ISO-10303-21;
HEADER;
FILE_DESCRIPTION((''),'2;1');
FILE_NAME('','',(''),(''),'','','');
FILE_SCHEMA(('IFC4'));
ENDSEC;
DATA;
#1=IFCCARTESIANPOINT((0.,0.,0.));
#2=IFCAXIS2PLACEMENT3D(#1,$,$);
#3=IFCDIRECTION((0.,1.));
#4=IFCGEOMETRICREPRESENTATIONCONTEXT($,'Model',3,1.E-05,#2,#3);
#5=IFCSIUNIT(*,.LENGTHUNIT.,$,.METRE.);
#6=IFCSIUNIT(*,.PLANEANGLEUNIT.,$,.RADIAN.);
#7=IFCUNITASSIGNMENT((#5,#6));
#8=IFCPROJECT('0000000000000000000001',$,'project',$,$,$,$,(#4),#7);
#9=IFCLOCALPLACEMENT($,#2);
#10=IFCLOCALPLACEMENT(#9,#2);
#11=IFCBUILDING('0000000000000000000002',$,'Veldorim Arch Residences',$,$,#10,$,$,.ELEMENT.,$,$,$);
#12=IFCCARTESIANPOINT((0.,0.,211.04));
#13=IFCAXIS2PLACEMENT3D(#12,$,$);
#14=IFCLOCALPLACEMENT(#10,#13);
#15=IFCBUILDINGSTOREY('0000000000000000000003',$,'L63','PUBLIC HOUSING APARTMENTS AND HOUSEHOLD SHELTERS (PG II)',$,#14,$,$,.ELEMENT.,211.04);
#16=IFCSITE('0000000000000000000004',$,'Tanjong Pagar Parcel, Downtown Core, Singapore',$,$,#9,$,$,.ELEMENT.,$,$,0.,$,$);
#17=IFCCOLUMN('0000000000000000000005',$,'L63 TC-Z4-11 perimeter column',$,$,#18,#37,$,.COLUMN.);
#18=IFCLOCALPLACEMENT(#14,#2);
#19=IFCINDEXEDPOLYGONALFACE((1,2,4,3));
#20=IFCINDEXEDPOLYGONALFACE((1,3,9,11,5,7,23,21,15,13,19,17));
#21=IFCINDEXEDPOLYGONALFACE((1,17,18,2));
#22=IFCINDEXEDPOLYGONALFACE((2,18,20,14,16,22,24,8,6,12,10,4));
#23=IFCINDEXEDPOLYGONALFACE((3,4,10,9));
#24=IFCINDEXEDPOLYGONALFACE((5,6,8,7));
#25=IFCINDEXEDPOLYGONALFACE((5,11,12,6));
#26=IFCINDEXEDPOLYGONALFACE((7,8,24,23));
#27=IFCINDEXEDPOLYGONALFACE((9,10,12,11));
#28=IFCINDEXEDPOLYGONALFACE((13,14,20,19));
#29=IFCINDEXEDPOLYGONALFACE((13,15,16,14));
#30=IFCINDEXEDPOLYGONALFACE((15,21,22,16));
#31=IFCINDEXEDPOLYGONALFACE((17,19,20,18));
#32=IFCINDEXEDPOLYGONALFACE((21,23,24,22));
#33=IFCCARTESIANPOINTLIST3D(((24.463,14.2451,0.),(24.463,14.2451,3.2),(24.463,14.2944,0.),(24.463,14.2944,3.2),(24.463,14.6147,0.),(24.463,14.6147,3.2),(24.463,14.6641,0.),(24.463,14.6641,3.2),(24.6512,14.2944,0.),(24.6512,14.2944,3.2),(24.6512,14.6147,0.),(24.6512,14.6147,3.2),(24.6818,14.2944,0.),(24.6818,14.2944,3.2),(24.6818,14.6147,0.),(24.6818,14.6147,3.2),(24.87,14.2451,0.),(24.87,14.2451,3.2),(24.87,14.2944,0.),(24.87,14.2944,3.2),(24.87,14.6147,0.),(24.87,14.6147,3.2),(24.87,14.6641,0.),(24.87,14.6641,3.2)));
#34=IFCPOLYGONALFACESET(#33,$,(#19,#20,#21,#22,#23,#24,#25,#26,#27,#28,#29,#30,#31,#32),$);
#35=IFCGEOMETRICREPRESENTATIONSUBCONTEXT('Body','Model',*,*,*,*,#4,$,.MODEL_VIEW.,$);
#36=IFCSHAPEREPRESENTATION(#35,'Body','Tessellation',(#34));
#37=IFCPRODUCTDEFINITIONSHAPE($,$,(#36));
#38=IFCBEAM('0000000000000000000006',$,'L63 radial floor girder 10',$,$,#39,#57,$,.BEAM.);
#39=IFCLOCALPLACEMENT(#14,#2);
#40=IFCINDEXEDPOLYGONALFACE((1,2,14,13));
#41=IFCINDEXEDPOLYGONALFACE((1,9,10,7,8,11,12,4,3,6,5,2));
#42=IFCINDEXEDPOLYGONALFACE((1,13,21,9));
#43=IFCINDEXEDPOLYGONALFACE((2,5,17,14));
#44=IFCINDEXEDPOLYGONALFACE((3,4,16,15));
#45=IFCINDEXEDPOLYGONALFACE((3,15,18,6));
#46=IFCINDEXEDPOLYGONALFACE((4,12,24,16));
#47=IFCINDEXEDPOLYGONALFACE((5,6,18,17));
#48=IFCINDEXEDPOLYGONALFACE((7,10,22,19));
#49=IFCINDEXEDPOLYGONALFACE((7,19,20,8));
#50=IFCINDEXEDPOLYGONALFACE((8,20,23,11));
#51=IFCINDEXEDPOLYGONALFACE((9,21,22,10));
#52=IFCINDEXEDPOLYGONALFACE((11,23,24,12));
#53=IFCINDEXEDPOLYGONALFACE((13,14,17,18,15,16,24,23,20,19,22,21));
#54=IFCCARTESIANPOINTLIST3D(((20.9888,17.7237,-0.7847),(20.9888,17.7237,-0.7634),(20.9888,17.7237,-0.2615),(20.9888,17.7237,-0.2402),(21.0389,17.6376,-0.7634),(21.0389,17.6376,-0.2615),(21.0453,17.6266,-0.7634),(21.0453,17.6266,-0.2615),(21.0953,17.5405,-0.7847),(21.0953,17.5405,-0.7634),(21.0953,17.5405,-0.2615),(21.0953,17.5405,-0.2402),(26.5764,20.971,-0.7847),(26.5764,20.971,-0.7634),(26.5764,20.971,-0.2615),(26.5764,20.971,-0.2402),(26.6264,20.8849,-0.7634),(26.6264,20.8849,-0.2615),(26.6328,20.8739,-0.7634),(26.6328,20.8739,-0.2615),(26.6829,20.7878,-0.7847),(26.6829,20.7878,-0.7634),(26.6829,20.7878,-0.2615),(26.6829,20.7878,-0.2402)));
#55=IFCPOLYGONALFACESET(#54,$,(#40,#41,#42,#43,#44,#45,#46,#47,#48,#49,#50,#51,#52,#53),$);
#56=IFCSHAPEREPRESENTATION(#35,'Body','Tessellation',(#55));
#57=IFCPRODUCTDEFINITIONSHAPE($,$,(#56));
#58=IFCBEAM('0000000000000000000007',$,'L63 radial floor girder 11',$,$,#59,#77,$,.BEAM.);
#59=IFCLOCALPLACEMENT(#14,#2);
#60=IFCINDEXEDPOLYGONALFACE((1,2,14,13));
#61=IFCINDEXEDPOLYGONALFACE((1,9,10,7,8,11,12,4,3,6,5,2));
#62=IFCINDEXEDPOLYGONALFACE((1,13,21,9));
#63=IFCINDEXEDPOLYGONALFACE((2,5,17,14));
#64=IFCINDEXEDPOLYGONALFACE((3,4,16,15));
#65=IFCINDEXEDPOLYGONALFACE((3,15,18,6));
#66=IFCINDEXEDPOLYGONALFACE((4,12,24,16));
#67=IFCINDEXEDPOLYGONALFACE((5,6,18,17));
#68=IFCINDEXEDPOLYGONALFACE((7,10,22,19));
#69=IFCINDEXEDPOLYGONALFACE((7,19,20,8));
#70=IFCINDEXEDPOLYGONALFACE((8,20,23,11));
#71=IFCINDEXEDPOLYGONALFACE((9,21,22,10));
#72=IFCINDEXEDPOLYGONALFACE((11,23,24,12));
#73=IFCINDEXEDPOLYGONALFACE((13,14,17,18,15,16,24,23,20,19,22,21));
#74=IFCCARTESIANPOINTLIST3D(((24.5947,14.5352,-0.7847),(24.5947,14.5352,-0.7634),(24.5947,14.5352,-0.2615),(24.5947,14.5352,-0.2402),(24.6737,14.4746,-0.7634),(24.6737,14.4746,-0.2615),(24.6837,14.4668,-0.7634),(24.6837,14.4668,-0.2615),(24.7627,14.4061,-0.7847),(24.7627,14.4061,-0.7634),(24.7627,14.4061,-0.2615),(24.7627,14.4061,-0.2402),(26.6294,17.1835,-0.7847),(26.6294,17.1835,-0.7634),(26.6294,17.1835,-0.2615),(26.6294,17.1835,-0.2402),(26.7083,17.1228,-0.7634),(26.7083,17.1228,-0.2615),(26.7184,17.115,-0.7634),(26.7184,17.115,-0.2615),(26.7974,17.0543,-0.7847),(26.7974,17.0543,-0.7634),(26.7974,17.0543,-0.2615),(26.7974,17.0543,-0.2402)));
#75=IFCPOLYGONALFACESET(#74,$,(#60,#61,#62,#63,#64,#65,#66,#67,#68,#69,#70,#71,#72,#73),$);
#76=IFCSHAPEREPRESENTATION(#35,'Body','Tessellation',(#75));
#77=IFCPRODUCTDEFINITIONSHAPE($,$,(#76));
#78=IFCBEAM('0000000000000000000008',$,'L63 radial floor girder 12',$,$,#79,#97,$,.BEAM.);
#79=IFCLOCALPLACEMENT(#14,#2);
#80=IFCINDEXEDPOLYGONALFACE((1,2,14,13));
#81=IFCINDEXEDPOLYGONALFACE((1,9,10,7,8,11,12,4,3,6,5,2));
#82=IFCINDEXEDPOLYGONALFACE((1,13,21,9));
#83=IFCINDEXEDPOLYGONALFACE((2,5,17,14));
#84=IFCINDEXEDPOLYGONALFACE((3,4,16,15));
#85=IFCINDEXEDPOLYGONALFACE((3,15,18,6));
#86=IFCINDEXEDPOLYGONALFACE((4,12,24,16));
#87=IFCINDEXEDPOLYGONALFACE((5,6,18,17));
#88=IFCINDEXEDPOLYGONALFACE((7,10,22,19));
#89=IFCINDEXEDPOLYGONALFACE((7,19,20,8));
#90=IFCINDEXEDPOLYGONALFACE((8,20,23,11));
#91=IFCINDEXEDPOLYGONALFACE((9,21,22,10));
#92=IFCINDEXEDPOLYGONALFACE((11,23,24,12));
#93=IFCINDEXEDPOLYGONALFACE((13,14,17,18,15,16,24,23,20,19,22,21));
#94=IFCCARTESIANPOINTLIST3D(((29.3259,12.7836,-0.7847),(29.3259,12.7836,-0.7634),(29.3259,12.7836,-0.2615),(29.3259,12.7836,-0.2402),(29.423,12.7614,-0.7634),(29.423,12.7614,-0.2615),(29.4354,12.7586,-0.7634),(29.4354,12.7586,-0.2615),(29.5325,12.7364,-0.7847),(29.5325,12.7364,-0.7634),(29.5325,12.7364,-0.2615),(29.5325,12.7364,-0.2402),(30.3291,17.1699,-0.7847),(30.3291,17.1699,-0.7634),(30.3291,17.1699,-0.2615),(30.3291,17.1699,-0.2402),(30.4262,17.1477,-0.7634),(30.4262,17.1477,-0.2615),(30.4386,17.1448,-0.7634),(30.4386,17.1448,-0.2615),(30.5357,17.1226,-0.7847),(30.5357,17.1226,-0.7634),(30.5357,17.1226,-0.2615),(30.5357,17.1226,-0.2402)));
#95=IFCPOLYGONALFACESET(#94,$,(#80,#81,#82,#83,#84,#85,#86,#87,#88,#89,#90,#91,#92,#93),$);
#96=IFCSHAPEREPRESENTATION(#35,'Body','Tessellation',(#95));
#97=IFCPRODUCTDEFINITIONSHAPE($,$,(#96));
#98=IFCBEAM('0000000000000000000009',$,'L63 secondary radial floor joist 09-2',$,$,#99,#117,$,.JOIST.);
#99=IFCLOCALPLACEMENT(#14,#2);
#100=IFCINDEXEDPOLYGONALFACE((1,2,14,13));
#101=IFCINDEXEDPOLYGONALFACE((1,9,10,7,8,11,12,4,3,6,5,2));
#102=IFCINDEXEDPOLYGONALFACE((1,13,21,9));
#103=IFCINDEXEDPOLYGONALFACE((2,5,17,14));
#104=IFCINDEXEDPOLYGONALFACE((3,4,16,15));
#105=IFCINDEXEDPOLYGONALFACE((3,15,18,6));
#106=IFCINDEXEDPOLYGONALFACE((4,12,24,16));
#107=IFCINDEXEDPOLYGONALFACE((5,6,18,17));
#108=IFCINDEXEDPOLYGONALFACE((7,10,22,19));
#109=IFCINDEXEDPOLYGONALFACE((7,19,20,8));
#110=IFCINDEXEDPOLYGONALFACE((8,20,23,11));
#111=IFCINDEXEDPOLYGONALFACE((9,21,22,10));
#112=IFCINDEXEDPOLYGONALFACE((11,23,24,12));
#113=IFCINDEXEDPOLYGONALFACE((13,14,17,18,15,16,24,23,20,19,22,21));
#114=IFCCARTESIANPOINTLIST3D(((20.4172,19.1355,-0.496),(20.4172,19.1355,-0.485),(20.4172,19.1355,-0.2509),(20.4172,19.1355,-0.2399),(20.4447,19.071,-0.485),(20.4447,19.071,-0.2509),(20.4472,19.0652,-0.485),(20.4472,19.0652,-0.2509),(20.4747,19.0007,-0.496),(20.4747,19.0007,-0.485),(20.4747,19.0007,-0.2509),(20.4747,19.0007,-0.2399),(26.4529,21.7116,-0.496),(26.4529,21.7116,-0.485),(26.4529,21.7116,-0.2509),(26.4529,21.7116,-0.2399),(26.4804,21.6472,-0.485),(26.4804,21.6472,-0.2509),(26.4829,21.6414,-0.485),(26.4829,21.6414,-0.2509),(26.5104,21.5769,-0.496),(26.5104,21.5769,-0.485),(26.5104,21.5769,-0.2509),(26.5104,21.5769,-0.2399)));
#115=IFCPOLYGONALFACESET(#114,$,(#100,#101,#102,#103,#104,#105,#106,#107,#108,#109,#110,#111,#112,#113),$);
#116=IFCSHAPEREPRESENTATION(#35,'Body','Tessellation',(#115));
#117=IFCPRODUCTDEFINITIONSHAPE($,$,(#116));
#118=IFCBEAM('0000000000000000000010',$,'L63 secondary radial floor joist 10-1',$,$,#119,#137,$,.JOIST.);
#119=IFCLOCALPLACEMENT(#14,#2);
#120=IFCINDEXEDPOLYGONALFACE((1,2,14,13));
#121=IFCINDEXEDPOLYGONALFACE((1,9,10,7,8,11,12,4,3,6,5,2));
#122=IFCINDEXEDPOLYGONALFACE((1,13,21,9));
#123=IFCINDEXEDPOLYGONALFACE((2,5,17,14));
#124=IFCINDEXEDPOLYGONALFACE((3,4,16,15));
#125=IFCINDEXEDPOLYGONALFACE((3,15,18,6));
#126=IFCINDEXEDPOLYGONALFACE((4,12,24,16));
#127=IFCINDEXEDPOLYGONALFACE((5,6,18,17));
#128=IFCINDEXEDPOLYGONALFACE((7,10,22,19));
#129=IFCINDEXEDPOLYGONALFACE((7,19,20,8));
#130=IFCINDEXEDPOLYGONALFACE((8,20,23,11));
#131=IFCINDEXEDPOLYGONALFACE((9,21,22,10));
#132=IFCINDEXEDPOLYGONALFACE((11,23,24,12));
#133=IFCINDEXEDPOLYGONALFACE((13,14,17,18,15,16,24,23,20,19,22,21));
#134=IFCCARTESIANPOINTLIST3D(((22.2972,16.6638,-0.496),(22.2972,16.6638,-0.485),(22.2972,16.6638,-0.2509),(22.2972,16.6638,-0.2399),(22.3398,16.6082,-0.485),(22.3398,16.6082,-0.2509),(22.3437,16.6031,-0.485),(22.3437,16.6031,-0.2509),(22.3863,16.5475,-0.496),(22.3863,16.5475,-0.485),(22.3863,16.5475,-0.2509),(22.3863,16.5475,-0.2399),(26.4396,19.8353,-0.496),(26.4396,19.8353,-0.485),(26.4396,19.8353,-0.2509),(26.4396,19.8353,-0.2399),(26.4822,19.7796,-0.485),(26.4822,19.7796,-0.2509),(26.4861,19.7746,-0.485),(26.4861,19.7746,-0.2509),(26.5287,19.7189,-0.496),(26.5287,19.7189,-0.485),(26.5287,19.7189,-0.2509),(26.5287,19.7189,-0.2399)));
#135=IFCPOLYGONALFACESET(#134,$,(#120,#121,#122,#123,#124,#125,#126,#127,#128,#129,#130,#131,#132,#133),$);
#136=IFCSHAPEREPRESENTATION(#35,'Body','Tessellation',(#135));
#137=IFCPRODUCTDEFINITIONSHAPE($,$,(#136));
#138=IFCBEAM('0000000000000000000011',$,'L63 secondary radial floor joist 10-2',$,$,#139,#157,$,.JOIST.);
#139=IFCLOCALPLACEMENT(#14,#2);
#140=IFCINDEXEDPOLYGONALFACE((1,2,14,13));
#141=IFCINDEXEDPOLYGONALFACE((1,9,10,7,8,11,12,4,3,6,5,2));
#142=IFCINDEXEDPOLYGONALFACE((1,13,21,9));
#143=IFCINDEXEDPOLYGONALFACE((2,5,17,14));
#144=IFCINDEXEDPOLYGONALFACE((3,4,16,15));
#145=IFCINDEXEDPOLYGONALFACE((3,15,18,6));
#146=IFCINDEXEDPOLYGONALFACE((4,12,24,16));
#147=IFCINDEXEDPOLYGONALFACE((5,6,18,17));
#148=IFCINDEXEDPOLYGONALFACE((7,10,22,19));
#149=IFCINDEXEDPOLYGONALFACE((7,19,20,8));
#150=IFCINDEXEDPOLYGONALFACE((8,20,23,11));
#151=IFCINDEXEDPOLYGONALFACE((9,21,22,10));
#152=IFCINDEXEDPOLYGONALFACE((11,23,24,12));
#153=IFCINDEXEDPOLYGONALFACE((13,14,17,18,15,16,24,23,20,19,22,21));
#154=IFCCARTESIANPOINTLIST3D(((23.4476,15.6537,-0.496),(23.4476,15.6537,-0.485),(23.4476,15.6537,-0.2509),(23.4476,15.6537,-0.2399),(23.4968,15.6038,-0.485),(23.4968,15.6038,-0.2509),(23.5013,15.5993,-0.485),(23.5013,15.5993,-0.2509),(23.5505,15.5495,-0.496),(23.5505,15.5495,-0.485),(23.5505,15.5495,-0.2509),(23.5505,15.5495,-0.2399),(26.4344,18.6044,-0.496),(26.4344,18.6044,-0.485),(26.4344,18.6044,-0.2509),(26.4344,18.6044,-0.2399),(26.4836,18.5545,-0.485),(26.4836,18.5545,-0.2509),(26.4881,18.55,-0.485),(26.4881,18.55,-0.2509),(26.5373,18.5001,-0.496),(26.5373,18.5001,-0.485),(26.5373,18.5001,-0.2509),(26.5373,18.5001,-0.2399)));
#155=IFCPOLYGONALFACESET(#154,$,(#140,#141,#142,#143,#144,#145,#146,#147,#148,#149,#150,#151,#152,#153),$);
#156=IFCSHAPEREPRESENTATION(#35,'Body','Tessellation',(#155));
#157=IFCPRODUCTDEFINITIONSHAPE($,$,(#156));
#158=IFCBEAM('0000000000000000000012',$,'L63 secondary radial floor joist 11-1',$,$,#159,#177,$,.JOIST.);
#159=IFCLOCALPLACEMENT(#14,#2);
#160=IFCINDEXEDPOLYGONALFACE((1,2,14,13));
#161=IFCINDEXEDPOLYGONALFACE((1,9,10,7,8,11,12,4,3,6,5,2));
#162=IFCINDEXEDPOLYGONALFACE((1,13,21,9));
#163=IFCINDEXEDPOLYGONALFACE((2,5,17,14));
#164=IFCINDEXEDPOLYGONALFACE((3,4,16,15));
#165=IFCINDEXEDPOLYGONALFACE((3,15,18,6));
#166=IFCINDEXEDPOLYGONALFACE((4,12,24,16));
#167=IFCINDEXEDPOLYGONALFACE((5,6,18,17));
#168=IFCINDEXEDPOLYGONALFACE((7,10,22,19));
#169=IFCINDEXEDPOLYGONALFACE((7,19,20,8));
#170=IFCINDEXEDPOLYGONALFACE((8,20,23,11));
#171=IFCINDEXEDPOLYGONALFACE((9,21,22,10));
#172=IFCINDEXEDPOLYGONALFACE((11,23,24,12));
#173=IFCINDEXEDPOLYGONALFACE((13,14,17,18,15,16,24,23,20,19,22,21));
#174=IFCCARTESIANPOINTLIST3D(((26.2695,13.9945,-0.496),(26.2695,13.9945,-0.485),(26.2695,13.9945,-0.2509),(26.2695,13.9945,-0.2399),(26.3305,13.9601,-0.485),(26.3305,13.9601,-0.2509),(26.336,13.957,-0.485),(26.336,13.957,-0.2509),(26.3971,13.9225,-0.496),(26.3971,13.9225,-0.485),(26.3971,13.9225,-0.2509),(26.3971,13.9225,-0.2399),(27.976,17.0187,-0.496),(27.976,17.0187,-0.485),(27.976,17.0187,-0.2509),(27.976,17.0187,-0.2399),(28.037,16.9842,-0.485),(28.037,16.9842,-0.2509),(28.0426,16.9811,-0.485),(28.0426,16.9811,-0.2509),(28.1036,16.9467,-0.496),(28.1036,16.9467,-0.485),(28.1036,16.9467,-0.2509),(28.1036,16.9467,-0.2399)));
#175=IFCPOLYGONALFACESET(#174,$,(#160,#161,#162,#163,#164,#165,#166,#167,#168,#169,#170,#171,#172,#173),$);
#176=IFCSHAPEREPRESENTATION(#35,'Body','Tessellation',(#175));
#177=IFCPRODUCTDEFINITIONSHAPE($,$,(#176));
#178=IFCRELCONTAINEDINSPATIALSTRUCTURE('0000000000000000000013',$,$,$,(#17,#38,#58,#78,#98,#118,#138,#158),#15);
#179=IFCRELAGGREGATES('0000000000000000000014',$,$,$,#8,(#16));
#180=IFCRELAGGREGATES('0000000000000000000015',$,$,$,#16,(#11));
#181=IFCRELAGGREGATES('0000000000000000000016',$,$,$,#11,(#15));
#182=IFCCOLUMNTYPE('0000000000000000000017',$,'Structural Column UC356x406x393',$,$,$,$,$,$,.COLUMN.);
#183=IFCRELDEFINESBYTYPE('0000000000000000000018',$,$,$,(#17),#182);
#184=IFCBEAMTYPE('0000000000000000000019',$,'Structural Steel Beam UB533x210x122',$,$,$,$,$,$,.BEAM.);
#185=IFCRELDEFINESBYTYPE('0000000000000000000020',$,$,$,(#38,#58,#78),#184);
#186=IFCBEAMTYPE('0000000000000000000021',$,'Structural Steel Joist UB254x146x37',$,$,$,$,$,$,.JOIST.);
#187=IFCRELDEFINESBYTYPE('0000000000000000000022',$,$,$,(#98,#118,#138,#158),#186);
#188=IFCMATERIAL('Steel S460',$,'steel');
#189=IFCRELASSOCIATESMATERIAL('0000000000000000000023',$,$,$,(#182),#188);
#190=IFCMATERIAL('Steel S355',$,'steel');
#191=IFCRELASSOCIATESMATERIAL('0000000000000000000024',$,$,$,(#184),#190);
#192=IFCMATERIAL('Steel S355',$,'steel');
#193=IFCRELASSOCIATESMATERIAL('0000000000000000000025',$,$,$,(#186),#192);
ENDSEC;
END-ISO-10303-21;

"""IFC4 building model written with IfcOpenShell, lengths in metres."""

from ifc_helpers import new_model, si_unit, direction, frame, origin, origin_2d, place, context, subcontext, project, spatial, i_section, extrude, material, material_profile, profile_set, type_object, element, save


model = new_model("IFC4")

# Units and contexts
model_context = context("Model", 3, precision=1e-05, world=origin(), true_north=direction((0.0, 1.0)))
body_context = subcontext(model_context, "Body", "Model", "MODEL_VIEW")
ifc_project = project(units=[si_unit("LENGTHUNIT", "METRE"), si_unit("PLANEANGLEUNIT", "RADIAN")], contexts=[model_context])

# Site, building, storey
site_placement = place(None, origin())
site = spatial("IfcSite", under=ifc_project, at=site_placement, Name="Tanjong Pagar Parcel, Downtown Core, Singapore", CompositionType="ELEMENT", RefElevation=0.0)
building_placement = place(site_placement, origin())
building = spatial("IfcBuilding", under=site, at=building_placement, Name="Veldorim Arch Residences", CompositionType="ELEMENT")
storey_placement = place(building_placement, frame((0.0, 0.0, 211.04)))
storey = spatial("IfcBuildingStorey", under=building, at=storey_placement, Name="L63", Description="PUBLIC HOUSING APARTMENTS AND HOUSEHOLD SHELTERS (PG II)", CompositionType="ELEMENT", Elevation=211.04)

# Column
ifc_material_1 = material(Name="Steel S460", Category="steel")
ifc_material_profile_1 = material_profile(ifc_material_1, i_section(OverallWidth=0.407, OverallDepth=0.4189, WebThickness=0.0305, FlangeThickness=0.0493, at=origin_2d()), Name="UC356x406x393")
ifc_profile_set_1 = profile_set([ifc_material_profile_1], Name="Steel S460")
column_type = type_object("IfcColumnType", Name="Structural Column UC356x406x393", PredefinedType="COLUMN", material=ifc_profile_set_1)
column_placement = place(storey_placement, frame((24.6665, 14.4546, 0.0), z_axis=(0.0, 0.0, 1.0), x_axis=(1.0, 0.0, 0.0)))
element("IfcColumn", 1, at=column_placement, inside=storey, type_object=column_type, Name="L63 TC-Z4-11 perimeter column", PredefinedType="COLUMN", context=body_context, shape_type="SweptSolid", body=[
    extrude(i_section(OverallWidth=0.407, OverallDepth=0.4189, WebThickness=0.0305, FlangeThickness=0.0493, at=origin_2d()), origin(), (0.0, 0.0, 1.0), 3.2),
])

# Beams
ifc_material_2 = material(Name="Steel S355", Category="steel")
ifc_material_profile_2 = material_profile(ifc_material_2, i_section(OverallWidth=0.2119, OverallDepth=0.5444, WebThickness=0.0127, FlangeThickness=0.0212, at=origin_2d()), Name="UB533x210x122")
ifc_profile_set_2 = profile_set([ifc_material_profile_2], Name="Steel S355")
beam_type_1 = type_object("IfcBeamType", Name="Structural Steel Beam UB533x210x122", PredefinedType="BEAM", material=ifc_profile_set_2)
beam_1_placement = place(storey_placement, frame((26.6296, 20.8794, -0.5125), z_axis=(-0.864596, -0.502468, 0.0), x_axis=(0.502468, -0.864596, 0.0)))
element("IfcBeam", 2, at=beam_1_placement, inside=storey, type_object=beam_type_1, Name="L63 radial floor girder 10", PredefinedType="BEAM", context=body_context, shape_type="SweptSolid", body=[
    extrude(i_section(OverallWidth=0.2119, OverallDepth=0.5444, WebThickness=0.0127, FlangeThickness=0.0212, at=origin_2d()), origin(), (0.0, 0.0, 1.0), 6.4626),
])
beam_2_placement = place(storey_placement, frame((26.7134, 17.1189, -0.5125), z_axis=(-0.609258, -0.792972, 0.0), x_axis=(0.792972, -0.609258, 0.0)))
element("IfcBeam", 3, at=beam_2_placement, inside=storey, type_object=beam_type_1, Name="L63 radial floor girder 11", PredefinedType="BEAM", context=body_context, shape_type="SweptSolid", body=[
    extrude(i_section(OverallWidth=0.2119, OverallDepth=0.5444, WebThickness=0.0127, FlangeThickness=0.0212, at=origin_2d()), origin(), (0.0, 0.0, 1.0), 3.3396),
])
beam_3_placement = place(storey_placement, frame((30.4324, 17.1462, -0.5125), z_axis=(-0.222953, -0.974829, 0.0), x_axis=(0.974829, -0.222953, 0.0)))
element("IfcBeam", 4, at=beam_3_placement, inside=storey, type_object=beam_type_1, Name="L63 radial floor girder 12", PredefinedType="BEAM", context=body_context, shape_type="SweptSolid", body=[
    extrude(i_section(OverallWidth=0.2119, OverallDepth=0.5444, WebThickness=0.0127, FlangeThickness=0.0212, at=origin_2d()), origin(), (0.0, 0.0, 1.0), 4.4995),
])
ifc_material_3 = material(Name="Steel S355", Category="steel")
ifc_material_profile_3 = material_profile(ifc_material_3, i_section(OverallWidth=0.1465, OverallDepth=0.2561, WebThickness=0.0063, FlangeThickness=0.011, at=origin_2d()), Name="UB254x146x37")
ifc_profile_set_3 = profile_set([ifc_material_profile_3], Name="Steel S355")
beam_type_2 = type_object("IfcBeamType", Name="Structural Steel Joist UB254x146x37", PredefinedType="JOIST", material=ifc_profile_set_3)
beam_4_placement = place(storey_placement, frame((26.4817, 21.6443, -0.3679), z_axis=(-0.919725, -0.392563, 0.0), x_axis=(0.392563, -0.919725, 0.0)))
element("IfcBeam", 5, at=beam_4_placement, inside=storey, type_object=beam_type_2, Name="L63 secondary radial floor joist 09-2", PredefinedType="JOIST", context=body_context, shape_type="SweptSolid", body=[
    extrude(i_section(OverallWidth=0.1465, OverallDepth=0.2561, WebThickness=0.0063, FlangeThickness=0.011, at=origin_2d()), origin(), (0.0, 0.0, 1.0), 6.5625),
])
beam_5_placement = place(storey_placement, frame((26.4841, 19.7771, -0.3679), z_axis=(-0.794014, -0.6079, 0.0), x_axis=(0.6079, -0.794014, 0.0)))
element("IfcBeam", 6, at=beam_5_placement, inside=storey, type_object=beam_type_2, Name="L63 secondary radial floor joist 10-1", PredefinedType="JOIST", context=body_context, shape_type="SweptSolid", body=[
    extrude(i_section(OverallWidth=0.1465, OverallDepth=0.2561, WebThickness=0.0063, FlangeThickness=0.011, at=origin_2d()), origin(), (0.0, 0.0, 1.0), 5.217),
])
beam_6_placement = place(storey_placement, frame((26.4858, 18.5522, -0.3679), z_axis=(-0.711397, -0.702791, 0.0), x_axis=(0.702791, -0.711397, 0.0)))
element("IfcBeam", 7, at=beam_6_placement, inside=storey, type_object=beam_type_2, Name="L63 secondary radial floor joist 10-2", PredefinedType="JOIST", context=body_context, shape_type="SweptSolid", body=[
    extrude(i_section(OverallWidth=0.1465, OverallDepth=0.2561, WebThickness=0.0063, FlangeThickness=0.011, at=origin_2d()), origin(), (0.0, 0.0, 1.0), 4.1985),
])
beam_7_placement = place(storey_placement, frame((28.0398, 16.9827, -0.3679), z_axis=(-0.491452, -0.870904, 0.0), x_axis=(0.870904, -0.491452, 0.0)))
element("IfcBeam", 8, at=beam_7_placement, inside=storey, type_object=beam_type_2, Name="L63 secondary radial floor joist 11-1", PredefinedType="JOIST", context=body_context, shape_type="SweptSolid", body=[
    extrude(i_section(OverallWidth=0.1465, OverallDepth=0.2561, WebThickness=0.0063, FlangeThickness=0.011, at=origin_2d()), origin(), (0.0, 0.0, 1.0), 3.4724),
])

save(model, "model.ifc")
